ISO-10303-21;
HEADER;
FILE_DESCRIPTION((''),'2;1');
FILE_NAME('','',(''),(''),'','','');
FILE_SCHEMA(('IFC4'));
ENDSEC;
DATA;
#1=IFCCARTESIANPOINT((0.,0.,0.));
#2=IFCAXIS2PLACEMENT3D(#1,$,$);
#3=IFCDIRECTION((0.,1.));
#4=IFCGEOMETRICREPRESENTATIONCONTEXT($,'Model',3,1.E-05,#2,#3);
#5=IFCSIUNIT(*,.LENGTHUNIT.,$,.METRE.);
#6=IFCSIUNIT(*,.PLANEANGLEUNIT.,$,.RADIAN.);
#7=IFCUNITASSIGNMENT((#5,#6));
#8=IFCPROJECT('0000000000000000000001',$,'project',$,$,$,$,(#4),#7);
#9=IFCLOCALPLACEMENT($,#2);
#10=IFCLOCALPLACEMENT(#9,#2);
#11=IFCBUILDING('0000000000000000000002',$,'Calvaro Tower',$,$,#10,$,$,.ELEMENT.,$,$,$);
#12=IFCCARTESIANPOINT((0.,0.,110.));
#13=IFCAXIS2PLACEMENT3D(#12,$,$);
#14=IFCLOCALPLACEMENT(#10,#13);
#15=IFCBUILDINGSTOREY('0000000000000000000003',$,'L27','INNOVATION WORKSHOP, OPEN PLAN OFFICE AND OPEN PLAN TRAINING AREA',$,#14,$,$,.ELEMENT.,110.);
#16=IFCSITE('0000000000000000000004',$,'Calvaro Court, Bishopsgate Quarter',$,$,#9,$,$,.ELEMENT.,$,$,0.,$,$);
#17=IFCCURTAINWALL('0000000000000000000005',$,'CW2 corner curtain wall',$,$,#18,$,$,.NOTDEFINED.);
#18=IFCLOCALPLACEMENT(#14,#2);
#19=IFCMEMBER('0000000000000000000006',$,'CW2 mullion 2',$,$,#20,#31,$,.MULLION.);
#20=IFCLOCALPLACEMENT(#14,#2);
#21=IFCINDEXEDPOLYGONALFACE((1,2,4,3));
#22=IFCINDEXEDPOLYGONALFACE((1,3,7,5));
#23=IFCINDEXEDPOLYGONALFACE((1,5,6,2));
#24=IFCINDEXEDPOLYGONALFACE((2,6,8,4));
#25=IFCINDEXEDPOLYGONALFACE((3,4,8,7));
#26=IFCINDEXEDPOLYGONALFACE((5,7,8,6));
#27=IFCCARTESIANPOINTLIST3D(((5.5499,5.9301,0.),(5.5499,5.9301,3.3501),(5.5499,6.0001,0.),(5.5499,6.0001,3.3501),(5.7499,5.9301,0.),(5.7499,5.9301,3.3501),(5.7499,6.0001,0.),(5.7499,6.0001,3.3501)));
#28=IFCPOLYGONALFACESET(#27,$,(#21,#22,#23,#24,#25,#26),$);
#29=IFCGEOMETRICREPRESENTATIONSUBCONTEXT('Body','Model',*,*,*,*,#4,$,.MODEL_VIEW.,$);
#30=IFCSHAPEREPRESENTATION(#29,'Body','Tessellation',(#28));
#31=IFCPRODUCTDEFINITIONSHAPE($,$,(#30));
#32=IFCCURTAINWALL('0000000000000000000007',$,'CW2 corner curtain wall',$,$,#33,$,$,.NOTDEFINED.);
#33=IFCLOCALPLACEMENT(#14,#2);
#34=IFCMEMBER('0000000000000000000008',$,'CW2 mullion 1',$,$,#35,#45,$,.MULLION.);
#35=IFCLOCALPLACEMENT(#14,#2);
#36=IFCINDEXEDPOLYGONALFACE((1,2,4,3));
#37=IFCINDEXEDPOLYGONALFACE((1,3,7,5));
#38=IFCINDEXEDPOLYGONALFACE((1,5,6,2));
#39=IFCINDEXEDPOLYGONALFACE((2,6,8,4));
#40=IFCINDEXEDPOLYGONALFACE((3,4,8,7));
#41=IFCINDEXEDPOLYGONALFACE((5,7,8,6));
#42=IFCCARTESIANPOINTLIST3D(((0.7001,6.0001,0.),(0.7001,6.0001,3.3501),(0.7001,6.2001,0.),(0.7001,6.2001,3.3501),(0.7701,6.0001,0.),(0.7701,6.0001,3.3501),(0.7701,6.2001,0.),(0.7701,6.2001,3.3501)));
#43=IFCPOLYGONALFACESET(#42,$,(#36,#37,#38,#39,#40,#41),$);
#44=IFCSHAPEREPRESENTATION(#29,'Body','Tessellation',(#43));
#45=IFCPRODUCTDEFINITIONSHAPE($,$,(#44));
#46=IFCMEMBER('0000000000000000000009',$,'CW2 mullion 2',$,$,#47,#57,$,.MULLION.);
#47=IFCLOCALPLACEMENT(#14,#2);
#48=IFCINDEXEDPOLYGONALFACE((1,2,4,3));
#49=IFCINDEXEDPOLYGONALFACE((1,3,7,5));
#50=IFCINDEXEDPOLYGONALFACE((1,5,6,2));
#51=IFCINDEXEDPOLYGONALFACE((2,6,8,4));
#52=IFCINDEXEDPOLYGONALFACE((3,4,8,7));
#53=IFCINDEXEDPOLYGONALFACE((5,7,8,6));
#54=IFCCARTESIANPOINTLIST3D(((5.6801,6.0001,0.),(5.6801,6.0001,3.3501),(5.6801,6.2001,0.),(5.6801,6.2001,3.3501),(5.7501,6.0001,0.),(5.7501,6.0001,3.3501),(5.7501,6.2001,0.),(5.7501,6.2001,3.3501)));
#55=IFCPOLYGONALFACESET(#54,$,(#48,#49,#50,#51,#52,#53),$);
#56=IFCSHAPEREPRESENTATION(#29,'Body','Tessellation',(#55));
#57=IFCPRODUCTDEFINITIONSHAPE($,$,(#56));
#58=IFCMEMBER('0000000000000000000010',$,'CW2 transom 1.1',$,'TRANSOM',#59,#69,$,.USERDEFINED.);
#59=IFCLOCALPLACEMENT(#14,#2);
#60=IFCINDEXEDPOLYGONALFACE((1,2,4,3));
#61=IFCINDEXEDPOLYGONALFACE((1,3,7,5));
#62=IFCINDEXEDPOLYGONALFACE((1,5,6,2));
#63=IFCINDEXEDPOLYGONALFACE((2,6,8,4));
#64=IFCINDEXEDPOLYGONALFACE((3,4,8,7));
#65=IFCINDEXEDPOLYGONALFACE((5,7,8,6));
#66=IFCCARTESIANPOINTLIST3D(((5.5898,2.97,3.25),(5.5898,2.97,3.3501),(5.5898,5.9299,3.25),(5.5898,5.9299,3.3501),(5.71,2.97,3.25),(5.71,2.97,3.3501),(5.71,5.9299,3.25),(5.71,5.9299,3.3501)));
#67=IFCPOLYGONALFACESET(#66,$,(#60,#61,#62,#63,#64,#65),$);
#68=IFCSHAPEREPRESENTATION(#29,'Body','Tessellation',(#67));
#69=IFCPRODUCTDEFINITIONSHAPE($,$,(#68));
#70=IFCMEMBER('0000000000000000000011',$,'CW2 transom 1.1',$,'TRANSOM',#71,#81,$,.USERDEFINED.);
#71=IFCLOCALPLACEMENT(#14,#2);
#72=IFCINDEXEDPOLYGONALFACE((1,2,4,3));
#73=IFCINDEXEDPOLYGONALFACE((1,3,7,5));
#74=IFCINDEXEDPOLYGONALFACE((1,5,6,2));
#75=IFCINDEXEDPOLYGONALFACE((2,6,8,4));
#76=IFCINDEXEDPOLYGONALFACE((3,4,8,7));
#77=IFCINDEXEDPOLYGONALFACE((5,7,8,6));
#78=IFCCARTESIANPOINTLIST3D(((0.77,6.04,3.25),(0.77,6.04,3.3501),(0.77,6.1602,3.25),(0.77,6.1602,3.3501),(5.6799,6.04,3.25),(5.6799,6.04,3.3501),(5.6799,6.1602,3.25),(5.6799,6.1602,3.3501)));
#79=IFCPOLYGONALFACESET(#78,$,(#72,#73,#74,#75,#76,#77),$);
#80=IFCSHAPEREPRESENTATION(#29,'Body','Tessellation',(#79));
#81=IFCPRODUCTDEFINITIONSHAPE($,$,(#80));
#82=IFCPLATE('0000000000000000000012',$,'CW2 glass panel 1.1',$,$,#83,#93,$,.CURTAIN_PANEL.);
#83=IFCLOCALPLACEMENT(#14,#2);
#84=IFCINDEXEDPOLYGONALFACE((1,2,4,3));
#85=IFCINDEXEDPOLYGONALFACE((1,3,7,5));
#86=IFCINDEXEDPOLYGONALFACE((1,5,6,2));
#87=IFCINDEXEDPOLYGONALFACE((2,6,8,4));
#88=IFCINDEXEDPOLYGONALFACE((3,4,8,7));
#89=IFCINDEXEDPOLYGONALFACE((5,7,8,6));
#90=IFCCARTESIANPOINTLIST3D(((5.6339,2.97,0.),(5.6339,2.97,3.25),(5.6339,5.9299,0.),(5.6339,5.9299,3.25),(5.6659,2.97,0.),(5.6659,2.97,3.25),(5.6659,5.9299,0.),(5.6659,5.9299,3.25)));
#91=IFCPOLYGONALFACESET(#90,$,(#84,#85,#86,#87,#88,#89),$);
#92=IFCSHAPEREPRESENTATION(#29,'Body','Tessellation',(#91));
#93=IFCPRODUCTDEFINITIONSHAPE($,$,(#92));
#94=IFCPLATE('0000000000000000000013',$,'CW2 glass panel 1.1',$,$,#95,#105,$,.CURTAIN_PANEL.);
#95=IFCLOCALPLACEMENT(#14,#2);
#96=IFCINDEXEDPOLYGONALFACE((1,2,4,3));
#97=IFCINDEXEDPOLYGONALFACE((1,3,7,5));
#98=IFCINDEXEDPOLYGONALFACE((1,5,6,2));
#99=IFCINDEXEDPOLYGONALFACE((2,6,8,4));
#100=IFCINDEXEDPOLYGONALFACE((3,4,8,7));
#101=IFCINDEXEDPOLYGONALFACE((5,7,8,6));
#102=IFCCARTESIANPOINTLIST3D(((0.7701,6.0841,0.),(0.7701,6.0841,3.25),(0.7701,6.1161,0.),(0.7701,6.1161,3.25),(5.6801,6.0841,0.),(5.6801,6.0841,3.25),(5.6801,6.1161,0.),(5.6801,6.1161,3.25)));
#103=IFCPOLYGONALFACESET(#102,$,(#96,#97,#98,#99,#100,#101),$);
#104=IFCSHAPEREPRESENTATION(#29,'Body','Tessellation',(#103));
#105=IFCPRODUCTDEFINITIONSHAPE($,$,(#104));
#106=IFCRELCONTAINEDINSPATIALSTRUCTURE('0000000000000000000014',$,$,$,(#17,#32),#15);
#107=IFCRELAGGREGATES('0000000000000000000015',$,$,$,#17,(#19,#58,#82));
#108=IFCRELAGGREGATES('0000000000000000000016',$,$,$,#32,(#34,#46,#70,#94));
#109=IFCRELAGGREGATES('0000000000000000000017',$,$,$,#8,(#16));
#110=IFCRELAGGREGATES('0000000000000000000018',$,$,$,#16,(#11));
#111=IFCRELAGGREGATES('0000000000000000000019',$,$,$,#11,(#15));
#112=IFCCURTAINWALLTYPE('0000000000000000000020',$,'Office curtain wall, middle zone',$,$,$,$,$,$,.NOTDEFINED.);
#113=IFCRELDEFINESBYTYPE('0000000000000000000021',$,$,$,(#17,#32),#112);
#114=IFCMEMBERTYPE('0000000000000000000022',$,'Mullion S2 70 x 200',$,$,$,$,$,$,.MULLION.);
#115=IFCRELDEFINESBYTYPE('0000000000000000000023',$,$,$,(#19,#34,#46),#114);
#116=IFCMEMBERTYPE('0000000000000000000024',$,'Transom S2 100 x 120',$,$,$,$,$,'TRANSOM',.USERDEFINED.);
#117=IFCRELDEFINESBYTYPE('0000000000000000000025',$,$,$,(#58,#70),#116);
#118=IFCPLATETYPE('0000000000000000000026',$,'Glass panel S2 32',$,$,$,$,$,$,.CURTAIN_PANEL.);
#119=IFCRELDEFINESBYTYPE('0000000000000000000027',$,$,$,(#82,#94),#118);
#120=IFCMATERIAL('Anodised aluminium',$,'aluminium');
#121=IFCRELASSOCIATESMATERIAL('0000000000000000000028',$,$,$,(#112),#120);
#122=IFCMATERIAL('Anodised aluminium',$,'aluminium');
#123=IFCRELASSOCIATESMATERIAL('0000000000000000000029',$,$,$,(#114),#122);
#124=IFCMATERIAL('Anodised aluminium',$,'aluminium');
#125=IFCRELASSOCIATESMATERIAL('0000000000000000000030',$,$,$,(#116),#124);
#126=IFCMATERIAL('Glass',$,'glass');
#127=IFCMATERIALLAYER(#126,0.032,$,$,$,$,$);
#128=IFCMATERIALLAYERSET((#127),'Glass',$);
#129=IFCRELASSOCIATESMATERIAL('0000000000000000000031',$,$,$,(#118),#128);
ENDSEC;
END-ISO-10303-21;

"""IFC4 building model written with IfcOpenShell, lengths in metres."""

from ifc_helpers import new_model, si_unit, direction, frame, origin, origin_2d, place, context, subcontext, project, spatial, rectangle, extrude, material, layer, layer_set, material_profile, profile_set, type_object, element, aggregate, save


model = new_model("IFC4")

# Units and contexts
model_context = context("Model", 3, precision=1e-05, world=origin(), true_north=direction((0.0, 1.0)))
body_context = subcontext(model_context, "Body", "Model", "MODEL_VIEW")
ifc_project = project(units=[si_unit("LENGTHUNIT", "METRE"), si_unit("PLANEANGLEUNIT", "RADIAN")], contexts=[model_context])

# Site, building, storey
site_placement = place(None, origin())
site = spatial("IfcSite", under=ifc_project, at=site_placement, Name="Calvaro Court, Bishopsgate Quarter", CompositionType="ELEMENT", RefElevation=0.0)
building_placement = place(site_placement, origin())
building = spatial("IfcBuilding", under=site, at=building_placement, Name="Calvaro Tower", CompositionType="ELEMENT")
storey_placement = place(building_placement, frame((0.0, 0.0, 110.0)))
storey = spatial("IfcBuildingStorey", under=building, at=storey_placement, Name="L27", Description="INNOVATION WORKSHOP, OPEN PLAN OFFICE AND OPEN PLAN TRAINING AREA", CompositionType="ELEMENT", Elevation=110.0)

# Curtain wall, member
ifc_material_1 = material(Name="Anodised aluminium", Category="aluminium")
curtain_wall_type = type_object("IfcCurtainWallType", Name="Office curtain wall, middle zone", PredefinedType="NOTDEFINED", material=ifc_material_1)
curtain_wall_1_placement = place(storey_placement, origin())
curtain_wall_1 = element("IfcCurtainWall", 1, at=curtain_wall_1_placement, inside=storey, type_object=curtain_wall_type, Name="CW2 corner curtain wall", PredefinedType="NOTDEFINED")
ifc_material_2 = material(Name="Anodised aluminium", Category="aluminium")
ifc_material_profile_1 = material_profile(ifc_material_2, rectangle(XDim=0.2, YDim=0.0701, at=origin_2d()), Name="Mullion S2 70 x 200")
ifc_profile_set_1 = profile_set([ifc_material_profile_1], Name="Anodised aluminium")
member_type_1 = type_object("IfcMemberType", Name="Mullion S2 70 x 200", PredefinedType="MULLION", material=ifc_profile_set_1)
member_1_placement = place(storey_placement, frame((5.6499, 5.9651, 0.0), z_axis=(0.0, 0.0, 1.0), x_axis=(-1.0, 0.0, 0.0)))
member_1 = element("IfcMember", 2, at=member_1_placement, type_object=member_type_1, Name="CW2 mullion 2", PredefinedType="MULLION", context=body_context, shape_type="SweptSolid", body=[
    extrude(rectangle(XDim=0.2, YDim=0.0701, at=origin_2d()), origin(), (0.0, 0.0, 1.0), 3.3501),
])

# Curtain wall, members
curtain_wall_2_placement = place(storey_placement, origin())
curtain_wall_2 = element("IfcCurtainWall", 3, at=curtain_wall_2_placement, inside=storey, type_object=curtain_wall_type, Name="CW2 corner curtain wall", PredefinedType="NOTDEFINED")
member_2_placement = place(storey_placement, frame((0.7351, 6.1001, 0.0), z_axis=(0.0, 0.0, 1.0), x_axis=(0.0, 1.0, 0.0)))
member_2 = element("IfcMember", 4, at=member_2_placement, type_object=member_type_1, Name="CW2 mullion 1", PredefinedType="MULLION", context=body_context, shape_type="SweptSolid", body=[
    extrude(rectangle(XDim=0.2, YDim=0.0701, at=origin_2d()), origin(), (0.0, 0.0, 1.0), 3.3501),
])
member_3_placement = place(storey_placement, frame((5.7151, 6.1001, 0.0), z_axis=(0.0, 0.0, 1.0), x_axis=(0.0, 1.0, 0.0)))
member_3 = element("IfcMember", 5, at=member_3_placement, type_object=member_type_1, Name="CW2 mullion 2", PredefinedType="MULLION", context=body_context, shape_type="SweptSolid", body=[
    extrude(rectangle(XDim=0.2, YDim=0.0701, at=origin_2d()), origin(), (0.0, 0.0, 1.0), 3.3501),
])

# Members
ifc_material_3 = material(Name="Anodised aluminium", Category="aluminium")
ifc_material_profile_2 = material_profile(ifc_material_3, rectangle(XDim=0.1201, YDim=0.1001, at=origin_2d()), Name="Transom S2 100 x 120")
ifc_profile_set_2 = profile_set([ifc_material_profile_2], Name="Anodised aluminium")
member_type_2 = type_object("IfcMemberType", Name="Transom S2 100 x 120", ElementType="TRANSOM", PredefinedType="USERDEFINED", material=ifc_profile_set_2)
member_4_placement = place(storey_placement, frame((5.6499, 2.97, 3.3), z_axis=(0.0, 1.0, 0.0), x_axis=(-1.0, 0.0, 0.0)))
member_4 = element("IfcMember", 6, at=member_4_placement, type_object=member_type_2, Name="CW2 transom 1.1", ObjectType="TRANSOM", PredefinedType="USERDEFINED", context=body_context, shape_type="SweptSolid", body=[
    extrude(rectangle(XDim=0.1201, YDim=0.1001, at=origin_2d()), origin(), (0.0, 0.0, 1.0), 2.96),
])
member_5_placement = place(storey_placement, frame((0.77, 6.1001, 3.3), z_axis=(1.0, 0.0, 0.0), x_axis=(0.0, 1.0, 0.0)))
member_5 = element("IfcMember", 7, at=member_5_placement, type_object=member_type_2, Name="CW2 transom 1.1", ObjectType="TRANSOM", PredefinedType="USERDEFINED", context=body_context, shape_type="SweptSolid", body=[
    extrude(rectangle(XDim=0.1201, YDim=0.1001, at=origin_2d()), origin(), (0.0, 0.0, 1.0), 4.9099),
])

# Plates
ifc_material_4 = material(Name="Glass", Category="glass")
ifc_layer_1 = layer(ifc_material_4, 0.032)
ifc_layer_set_1 = layer_set([ifc_layer_1], Name="Glass")
plate_type = type_object("IfcPlateType", Name="Glass panel S2 32", PredefinedType="CURTAIN_PANEL", material=ifc_layer_set_1)
plate_1_placement = place(storey_placement, frame((5.6499, 4.45, 0.0), z_axis=(0.0, 0.0, 1.0), x_axis=(0.0, 1.0, 0.0)))
plate_1 = element("IfcPlate", 8, at=plate_1_placement, type_object=plate_type, Name="CW2 glass panel 1.1", PredefinedType="CURTAIN_PANEL", context=body_context, shape_type="SweptSolid", body=[
    extrude(rectangle(XDim=2.96, YDim=0.032, at=origin_2d()), origin(), (0.0, 0.0, 1.0), 3.25),
])
aggregate(curtain_wall_1, [member_1, member_4, plate_1])
plate_2_placement = place(storey_placement, frame((3.2251, 6.1001, 0.0), z_axis=(0.0, 0.0, 1.0), x_axis=(1.0, 0.0, 0.0)))
plate_2 = element("IfcPlate", 9, at=plate_2_placement, type_object=plate_type, Name="CW2 glass panel 1.1", PredefinedType="CURTAIN_PANEL", context=body_context, shape_type="SweptSolid", body=[
    extrude(rectangle(XDim=4.9099, YDim=0.032, at=origin_2d()), origin(), (0.0, 0.0, 1.0), 3.25),
])
aggregate(curtain_wall_2, [member_2, member_3, member_5, plate_2])

save(model, "model.ifc")
